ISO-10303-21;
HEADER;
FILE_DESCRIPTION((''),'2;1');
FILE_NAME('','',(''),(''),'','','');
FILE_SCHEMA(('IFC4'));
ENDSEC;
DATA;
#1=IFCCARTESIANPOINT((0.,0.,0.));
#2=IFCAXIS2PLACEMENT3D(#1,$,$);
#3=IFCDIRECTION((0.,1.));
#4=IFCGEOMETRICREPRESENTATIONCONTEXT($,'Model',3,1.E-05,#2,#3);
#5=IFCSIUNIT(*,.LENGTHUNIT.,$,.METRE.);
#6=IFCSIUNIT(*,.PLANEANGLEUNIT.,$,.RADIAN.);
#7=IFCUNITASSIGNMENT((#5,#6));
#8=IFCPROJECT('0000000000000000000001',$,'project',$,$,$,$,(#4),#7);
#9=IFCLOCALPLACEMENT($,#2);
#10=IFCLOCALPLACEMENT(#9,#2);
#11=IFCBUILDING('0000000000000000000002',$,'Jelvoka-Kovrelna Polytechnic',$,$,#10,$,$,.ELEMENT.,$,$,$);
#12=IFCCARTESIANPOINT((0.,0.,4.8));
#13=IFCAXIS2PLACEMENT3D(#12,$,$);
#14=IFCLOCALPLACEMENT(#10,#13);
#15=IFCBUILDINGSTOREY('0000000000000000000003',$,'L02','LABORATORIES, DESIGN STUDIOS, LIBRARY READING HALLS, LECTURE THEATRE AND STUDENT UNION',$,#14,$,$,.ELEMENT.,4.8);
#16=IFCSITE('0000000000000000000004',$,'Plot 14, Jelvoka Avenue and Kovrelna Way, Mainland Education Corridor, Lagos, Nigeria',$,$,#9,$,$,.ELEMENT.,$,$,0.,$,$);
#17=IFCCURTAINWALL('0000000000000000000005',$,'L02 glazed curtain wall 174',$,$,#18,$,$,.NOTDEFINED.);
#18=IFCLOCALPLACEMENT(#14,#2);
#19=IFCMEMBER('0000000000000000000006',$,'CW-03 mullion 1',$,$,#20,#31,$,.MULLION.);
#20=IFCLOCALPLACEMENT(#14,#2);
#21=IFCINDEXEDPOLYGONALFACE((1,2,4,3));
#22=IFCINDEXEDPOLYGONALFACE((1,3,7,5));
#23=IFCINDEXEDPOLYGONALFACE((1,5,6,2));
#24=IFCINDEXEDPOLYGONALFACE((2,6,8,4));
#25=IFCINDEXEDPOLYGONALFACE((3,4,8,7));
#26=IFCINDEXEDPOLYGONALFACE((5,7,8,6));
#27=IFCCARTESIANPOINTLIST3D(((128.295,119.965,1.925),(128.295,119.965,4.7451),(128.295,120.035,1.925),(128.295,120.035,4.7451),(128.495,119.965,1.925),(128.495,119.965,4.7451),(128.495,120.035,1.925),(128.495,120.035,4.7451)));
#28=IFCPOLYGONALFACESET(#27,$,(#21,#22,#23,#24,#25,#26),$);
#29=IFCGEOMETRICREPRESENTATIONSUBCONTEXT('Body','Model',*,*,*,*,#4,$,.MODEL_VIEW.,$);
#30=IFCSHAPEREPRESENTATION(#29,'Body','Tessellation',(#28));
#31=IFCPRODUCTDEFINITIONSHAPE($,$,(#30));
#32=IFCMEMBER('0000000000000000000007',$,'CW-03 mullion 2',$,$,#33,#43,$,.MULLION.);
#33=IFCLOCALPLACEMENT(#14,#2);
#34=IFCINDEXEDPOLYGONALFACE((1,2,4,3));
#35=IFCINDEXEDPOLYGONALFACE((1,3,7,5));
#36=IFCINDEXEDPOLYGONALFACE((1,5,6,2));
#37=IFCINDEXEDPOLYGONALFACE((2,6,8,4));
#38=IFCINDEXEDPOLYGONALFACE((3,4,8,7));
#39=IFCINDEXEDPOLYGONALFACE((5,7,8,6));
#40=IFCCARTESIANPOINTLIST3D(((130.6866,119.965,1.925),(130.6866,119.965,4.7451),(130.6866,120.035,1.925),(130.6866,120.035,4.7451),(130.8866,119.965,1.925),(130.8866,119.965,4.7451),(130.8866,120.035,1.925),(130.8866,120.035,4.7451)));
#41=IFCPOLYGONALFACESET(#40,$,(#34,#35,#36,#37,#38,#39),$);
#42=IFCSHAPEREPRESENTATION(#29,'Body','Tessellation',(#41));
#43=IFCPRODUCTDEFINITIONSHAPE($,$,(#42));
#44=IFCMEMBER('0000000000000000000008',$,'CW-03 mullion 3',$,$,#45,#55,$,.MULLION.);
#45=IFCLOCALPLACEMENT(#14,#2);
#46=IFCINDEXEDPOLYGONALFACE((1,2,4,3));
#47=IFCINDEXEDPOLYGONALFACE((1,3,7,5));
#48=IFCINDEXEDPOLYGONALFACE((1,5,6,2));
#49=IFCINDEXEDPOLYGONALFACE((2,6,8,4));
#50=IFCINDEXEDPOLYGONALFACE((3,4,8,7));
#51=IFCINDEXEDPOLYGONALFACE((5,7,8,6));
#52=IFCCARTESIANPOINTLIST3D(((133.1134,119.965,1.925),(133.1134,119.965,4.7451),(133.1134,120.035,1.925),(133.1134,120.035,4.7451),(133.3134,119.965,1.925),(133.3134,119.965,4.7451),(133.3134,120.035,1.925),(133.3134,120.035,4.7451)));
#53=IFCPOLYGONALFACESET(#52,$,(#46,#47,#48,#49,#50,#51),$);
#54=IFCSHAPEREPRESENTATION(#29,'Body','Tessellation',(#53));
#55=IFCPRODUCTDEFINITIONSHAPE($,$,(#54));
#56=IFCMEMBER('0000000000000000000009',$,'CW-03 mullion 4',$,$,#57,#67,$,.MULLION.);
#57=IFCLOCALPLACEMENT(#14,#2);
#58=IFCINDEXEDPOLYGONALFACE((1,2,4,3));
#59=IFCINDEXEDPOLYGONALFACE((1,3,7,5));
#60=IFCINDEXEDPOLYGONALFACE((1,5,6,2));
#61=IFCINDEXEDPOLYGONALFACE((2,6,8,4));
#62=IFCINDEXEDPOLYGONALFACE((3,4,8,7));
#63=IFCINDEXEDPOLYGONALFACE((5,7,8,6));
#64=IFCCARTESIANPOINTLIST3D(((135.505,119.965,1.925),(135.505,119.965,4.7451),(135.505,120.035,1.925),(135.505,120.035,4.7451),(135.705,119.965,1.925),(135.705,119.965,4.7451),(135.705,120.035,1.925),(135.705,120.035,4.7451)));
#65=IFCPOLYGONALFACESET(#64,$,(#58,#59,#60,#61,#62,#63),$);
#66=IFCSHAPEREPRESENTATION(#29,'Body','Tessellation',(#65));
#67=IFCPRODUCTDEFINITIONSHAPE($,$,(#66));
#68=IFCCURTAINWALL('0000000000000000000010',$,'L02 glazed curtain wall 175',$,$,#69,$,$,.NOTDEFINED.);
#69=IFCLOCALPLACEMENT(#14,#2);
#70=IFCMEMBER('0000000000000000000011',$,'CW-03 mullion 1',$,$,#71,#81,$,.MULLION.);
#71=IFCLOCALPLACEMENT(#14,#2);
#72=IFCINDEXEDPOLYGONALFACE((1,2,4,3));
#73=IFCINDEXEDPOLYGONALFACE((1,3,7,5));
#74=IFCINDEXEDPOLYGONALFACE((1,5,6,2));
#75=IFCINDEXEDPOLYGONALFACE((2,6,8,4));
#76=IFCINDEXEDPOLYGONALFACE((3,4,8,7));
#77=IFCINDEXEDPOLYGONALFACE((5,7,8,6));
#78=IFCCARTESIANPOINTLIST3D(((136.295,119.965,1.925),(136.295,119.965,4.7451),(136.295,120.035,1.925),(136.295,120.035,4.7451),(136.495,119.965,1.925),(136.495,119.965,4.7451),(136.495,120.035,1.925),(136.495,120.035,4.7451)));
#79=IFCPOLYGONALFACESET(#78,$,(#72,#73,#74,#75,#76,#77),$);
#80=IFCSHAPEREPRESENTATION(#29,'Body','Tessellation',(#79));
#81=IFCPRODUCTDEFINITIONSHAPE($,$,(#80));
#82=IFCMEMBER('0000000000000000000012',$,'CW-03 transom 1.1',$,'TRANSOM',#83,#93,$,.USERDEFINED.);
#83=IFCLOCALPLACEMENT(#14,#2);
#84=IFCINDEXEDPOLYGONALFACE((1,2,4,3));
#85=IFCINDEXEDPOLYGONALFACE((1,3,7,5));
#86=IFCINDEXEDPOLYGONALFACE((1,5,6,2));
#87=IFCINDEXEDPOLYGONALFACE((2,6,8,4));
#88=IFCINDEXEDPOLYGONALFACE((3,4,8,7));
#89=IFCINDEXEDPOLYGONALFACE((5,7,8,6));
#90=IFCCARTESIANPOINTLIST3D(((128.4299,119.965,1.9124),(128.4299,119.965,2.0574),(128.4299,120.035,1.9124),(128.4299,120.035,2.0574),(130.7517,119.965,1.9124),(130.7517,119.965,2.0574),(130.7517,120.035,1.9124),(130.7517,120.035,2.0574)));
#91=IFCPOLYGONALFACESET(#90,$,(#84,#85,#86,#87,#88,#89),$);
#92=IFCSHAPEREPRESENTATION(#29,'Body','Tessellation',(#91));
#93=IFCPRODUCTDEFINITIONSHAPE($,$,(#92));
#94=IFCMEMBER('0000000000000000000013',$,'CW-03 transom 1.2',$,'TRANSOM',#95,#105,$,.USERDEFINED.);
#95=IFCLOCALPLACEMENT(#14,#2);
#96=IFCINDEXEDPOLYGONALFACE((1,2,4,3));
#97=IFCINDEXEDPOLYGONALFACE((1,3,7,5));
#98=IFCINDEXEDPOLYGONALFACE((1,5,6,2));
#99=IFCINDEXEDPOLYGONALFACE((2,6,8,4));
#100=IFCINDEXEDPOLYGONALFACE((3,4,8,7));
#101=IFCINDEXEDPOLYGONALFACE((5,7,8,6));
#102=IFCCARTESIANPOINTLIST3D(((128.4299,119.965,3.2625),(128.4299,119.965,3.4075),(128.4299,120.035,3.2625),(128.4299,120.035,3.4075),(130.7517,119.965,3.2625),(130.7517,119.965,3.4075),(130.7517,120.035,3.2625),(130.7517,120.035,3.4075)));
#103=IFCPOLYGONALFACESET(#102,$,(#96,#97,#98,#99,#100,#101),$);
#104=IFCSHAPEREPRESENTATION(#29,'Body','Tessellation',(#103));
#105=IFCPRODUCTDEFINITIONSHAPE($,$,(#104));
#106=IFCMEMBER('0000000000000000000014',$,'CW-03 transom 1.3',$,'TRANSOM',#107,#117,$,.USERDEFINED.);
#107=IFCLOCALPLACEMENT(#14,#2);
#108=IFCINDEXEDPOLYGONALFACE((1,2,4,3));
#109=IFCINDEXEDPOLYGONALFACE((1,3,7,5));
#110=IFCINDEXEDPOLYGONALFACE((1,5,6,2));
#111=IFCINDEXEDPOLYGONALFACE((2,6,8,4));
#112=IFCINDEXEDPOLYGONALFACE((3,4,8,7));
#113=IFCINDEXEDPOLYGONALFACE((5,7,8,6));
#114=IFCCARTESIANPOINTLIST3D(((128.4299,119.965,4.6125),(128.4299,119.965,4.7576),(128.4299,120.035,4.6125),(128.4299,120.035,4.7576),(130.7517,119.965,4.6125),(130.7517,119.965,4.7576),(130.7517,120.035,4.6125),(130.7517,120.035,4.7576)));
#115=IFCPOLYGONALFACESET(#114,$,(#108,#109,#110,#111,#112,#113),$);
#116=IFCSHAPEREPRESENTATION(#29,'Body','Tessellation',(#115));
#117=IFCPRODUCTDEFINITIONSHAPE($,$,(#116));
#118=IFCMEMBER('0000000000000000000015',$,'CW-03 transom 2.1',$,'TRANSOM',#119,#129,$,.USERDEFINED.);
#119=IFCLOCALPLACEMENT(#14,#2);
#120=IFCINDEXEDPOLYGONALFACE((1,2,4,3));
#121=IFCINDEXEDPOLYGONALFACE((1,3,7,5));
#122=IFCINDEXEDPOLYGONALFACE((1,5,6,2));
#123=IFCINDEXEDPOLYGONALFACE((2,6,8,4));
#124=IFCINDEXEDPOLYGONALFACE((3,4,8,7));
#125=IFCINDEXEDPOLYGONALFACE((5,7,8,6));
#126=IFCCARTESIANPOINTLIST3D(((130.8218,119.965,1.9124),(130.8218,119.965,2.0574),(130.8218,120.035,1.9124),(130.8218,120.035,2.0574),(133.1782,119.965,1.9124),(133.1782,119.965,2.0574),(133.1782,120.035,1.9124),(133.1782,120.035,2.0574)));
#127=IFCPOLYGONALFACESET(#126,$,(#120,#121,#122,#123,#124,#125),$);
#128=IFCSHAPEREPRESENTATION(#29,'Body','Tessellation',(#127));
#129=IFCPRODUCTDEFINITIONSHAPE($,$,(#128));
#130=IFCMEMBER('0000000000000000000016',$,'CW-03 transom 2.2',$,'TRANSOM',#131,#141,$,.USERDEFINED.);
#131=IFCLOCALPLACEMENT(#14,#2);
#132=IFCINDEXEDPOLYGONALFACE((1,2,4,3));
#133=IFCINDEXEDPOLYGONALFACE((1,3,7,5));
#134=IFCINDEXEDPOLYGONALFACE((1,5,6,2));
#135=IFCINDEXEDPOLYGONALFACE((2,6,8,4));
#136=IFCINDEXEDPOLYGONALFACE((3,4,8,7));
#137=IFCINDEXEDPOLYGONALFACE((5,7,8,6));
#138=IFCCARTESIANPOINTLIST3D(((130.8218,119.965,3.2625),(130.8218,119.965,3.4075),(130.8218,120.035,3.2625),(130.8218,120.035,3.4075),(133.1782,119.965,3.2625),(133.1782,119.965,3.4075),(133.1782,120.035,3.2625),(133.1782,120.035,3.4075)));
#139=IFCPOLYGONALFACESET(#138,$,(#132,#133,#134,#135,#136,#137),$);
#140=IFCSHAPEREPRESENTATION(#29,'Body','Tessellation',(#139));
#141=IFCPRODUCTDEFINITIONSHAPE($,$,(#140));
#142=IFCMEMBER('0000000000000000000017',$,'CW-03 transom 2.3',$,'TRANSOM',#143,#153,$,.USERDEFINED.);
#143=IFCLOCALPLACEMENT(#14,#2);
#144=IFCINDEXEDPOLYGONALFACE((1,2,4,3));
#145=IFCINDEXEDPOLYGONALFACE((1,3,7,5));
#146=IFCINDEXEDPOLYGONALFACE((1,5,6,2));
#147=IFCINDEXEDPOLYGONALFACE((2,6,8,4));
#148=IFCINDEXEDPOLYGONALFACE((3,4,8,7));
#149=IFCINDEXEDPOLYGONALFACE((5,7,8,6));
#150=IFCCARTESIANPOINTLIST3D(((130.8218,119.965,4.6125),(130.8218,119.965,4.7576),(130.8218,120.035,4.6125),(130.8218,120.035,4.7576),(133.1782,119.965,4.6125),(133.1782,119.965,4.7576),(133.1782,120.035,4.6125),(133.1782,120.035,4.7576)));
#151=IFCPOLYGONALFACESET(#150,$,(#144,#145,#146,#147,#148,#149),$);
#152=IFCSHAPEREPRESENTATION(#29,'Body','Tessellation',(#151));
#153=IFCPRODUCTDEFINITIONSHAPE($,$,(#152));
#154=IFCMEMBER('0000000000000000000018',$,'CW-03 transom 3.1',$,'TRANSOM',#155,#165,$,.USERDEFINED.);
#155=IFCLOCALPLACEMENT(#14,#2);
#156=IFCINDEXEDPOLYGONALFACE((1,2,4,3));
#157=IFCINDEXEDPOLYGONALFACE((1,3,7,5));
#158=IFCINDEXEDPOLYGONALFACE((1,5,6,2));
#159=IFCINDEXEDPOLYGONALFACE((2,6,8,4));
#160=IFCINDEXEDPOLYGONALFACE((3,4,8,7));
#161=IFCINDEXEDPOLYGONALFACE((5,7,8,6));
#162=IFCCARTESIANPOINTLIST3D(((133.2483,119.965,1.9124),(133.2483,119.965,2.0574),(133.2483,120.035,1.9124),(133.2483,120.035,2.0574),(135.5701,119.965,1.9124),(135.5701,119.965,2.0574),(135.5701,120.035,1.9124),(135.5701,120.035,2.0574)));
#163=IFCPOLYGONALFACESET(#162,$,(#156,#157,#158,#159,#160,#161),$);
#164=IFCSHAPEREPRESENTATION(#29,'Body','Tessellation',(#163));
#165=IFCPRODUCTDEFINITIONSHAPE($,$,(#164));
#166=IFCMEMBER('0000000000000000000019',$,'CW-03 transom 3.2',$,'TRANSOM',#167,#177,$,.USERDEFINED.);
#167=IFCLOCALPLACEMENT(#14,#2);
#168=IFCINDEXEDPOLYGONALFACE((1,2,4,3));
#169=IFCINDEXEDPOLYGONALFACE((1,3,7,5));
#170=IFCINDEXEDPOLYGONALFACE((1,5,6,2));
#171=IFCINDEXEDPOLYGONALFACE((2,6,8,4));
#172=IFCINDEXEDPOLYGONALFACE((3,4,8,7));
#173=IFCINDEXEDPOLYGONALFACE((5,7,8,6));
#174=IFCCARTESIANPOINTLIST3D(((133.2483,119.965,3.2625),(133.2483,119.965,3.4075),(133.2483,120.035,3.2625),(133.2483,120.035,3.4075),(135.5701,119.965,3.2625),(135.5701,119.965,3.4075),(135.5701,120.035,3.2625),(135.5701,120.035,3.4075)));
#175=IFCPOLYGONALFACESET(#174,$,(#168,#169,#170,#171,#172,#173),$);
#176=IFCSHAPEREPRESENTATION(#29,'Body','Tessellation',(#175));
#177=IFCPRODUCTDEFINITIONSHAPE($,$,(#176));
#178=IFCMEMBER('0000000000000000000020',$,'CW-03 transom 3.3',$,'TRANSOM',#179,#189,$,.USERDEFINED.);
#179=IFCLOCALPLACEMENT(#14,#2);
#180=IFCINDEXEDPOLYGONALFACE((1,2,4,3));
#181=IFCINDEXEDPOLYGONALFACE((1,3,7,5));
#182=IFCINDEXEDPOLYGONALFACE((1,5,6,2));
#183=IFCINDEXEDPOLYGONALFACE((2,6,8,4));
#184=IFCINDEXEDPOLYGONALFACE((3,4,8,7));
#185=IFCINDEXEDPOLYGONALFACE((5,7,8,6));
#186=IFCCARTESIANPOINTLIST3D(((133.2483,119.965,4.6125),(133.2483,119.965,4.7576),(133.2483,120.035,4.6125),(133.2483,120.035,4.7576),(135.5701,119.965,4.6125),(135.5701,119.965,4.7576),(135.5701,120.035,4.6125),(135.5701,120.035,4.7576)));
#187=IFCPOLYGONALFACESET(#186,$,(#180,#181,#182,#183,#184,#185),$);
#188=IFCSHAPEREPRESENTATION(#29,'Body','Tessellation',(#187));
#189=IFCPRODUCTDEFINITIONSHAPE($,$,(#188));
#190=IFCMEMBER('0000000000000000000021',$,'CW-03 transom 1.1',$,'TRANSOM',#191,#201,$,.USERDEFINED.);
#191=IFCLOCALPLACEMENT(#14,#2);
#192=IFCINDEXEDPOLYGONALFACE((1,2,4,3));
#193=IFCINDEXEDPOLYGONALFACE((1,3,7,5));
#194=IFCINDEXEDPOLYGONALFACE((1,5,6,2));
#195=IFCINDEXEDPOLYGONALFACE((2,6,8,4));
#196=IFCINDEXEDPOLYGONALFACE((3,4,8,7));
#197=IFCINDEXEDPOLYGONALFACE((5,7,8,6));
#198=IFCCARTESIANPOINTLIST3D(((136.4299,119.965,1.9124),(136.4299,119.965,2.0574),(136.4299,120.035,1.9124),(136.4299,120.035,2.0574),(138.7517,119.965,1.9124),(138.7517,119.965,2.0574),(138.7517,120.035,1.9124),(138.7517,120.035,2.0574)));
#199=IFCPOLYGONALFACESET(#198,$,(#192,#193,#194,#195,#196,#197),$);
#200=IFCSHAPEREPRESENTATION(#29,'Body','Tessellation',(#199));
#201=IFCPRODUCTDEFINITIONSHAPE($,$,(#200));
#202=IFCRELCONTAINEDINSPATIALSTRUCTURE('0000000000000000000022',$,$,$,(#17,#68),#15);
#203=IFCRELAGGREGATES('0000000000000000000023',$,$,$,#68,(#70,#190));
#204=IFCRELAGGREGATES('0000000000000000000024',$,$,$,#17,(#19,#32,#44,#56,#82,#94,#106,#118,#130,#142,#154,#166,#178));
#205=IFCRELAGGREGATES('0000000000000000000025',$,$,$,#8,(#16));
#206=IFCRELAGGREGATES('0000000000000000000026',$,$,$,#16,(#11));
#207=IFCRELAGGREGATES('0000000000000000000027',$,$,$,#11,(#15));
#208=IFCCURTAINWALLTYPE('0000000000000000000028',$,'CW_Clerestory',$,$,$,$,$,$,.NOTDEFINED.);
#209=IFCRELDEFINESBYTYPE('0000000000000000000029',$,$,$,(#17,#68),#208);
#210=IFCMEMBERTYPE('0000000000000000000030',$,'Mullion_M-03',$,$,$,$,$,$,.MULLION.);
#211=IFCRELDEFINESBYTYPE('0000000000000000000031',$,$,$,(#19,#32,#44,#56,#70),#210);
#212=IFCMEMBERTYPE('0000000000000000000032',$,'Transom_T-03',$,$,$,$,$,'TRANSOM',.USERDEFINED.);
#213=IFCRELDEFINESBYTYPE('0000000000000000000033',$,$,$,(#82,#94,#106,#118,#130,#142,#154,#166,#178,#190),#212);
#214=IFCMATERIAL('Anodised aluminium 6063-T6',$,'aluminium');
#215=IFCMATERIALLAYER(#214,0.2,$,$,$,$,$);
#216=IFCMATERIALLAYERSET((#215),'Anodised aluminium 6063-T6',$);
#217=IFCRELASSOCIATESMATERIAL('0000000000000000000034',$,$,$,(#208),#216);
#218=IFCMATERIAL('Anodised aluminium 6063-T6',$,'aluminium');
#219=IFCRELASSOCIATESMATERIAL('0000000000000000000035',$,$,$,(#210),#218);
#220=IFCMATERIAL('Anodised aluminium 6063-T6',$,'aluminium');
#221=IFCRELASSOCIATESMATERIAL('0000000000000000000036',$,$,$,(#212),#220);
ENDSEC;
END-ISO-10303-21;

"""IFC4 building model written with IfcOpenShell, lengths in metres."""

from ifc_helpers import new_model, si_unit, direction, frame, origin, origin_2d, place, context, subcontext, project, spatial, rectangle, extrude, material, layer, layer_set, material_profile, profile_set, type_object, element, aggregate, save


model = new_model("IFC4")

# Units and contexts
model_context = context("Model", 3, precision=1e-05, world=origin(), true_north=direction((0.0, 1.0)))
body_context = subcontext(model_context, "Body", "Model", "MODEL_VIEW")
ifc_project = project(units=[si_unit("LENGTHUNIT", "METRE"), si_unit("PLANEANGLEUNIT", "RADIAN")], contexts=[model_context])

# Site, building, storey
site_placement = place(None, origin())
site = spatial("IfcSite", under=ifc_project, at=site_placement, Name="Plot 14, Jelvoka Avenue and Kovrelna Way, Mainland Education Corridor, Lagos, Nigeria", CompositionType="ELEMENT", RefElevation=0.0)
building_placement = place(site_placement, origin())
building = spatial("IfcBuilding", under=site, at=building_placement, Name="Jelvoka-Kovrelna Polytechnic", CompositionType="ELEMENT")
storey_placement = place(building_placement, frame((0.0, 0.0, 4.8)))
storey = spatial("IfcBuildingStorey", under=building, at=storey_placement, Name="L02", Description="LABORATORIES, DESIGN STUDIOS, LIBRARY READING HALLS, LECTURE THEATRE AND STUDENT UNION", CompositionType="ELEMENT", Elevation=4.8)

# Curtain wall, members
ifc_material_1 = material(Name="Anodised aluminium 6063-T6", Category="aluminium")
ifc_layer_1 = layer(ifc_material_1, 0.2)
ifc_layer_set_1 = layer_set([ifc_layer_1], Name="Anodised aluminium 6063-T6")
curtain_wall_type = type_object("IfcCurtainWallType", Name="CW_Clerestory", PredefinedType="NOTDEFINED", material=ifc_layer_set_1)
curtain_wall_1_placement = place(storey_placement, origin())
curtain_wall_1 = element("IfcCurtainWall", 1, at=curtain_wall_1_placement, inside=storey, type_object=curtain_wall_type, Name="L02 glazed curtain wall 174", PredefinedType="NOTDEFINED")
ifc_material_2 = material(Name="Anodised aluminium 6063-T6", Category="aluminium")
ifc_material_profile_1 = material_profile(ifc_material_2, rectangle(XDim=0.0701, YDim=0.2, at=origin_2d()), Name="ALU 70x200")
ifc_profile_set_1 = profile_set([ifc_material_profile_1], Name="Anodised aluminium 6063-T6")
member_type_1 = type_object("IfcMemberType", Name="Mullion_M-03", PredefinedType="MULLION", material=ifc_profile_set_1)
member_1_placement = place(storey_placement, frame((128.395, 120.0, 1.925), z_axis=(0.0, 0.0, 1.0), x_axis=(0.0, 1.0, 0.0)))
member_1 = element("IfcMember", 2, at=member_1_placement, type_object=member_type_1, Name="CW-03 mullion 1", PredefinedType="MULLION", context=body_context, shape_type="SweptSolid", body=[
    extrude(rectangle(XDim=0.0701, YDim=0.2, at=origin_2d()), origin(), (0.0, 0.0, 1.0), 2.8201),
])
member_2_placement = place(storey_placement, frame((130.7866, 120.0, 1.925), z_axis=(0.0, 0.0, 1.0), x_axis=(0.0, 1.0, 0.0)))
member_2 = element("IfcMember", 3, at=member_2_placement, type_object=member_type_1, Name="CW-03 mullion 2", PredefinedType="MULLION", context=body_context, shape_type="SweptSolid", body=[
    extrude(rectangle(XDim=0.0701, YDim=0.2, at=origin_2d()), origin(), (0.0, 0.0, 1.0), 2.8201),
])
member_3_placement = place(storey_placement, frame((133.2134, 120.0, 1.925), z_axis=(0.0, 0.0, 1.0), x_axis=(0.0, 1.0, 0.0)))
member_3 = element("IfcMember", 4, at=member_3_placement, type_object=member_type_1, Name="CW-03 mullion 3", PredefinedType="MULLION", context=body_context, shape_type="SweptSolid", body=[
    extrude(rectangle(XDim=0.0701, YDim=0.2, at=origin_2d()), origin(), (0.0, 0.0, 1.0), 2.8201),
])
member_4_placement = place(storey_placement, frame((135.605, 120.0, 1.925), z_axis=(0.0, 0.0, 1.0), x_axis=(0.0, 1.0, 0.0)))
member_4 = element("IfcMember", 5, at=member_4_placement, type_object=member_type_1, Name="CW-03 mullion 4", PredefinedType="MULLION", context=body_context, shape_type="SweptSolid", body=[
    extrude(rectangle(XDim=0.0701, YDim=0.2, at=origin_2d()), origin(), (0.0, 0.0, 1.0), 2.8201),
])

# Curtain wall, member
curtain_wall_2_placement = place(storey_placement, origin())
curtain_wall_2 = element("IfcCurtainWall", 6, at=curtain_wall_2_placement, inside=storey, type_object=curtain_wall_type, Name="L02 glazed curtain wall 175", PredefinedType="NOTDEFINED")
member_5_placement = place(storey_placement, frame((136.395, 120.0, 1.925), z_axis=(0.0, 0.0, 1.0), x_axis=(0.0, 1.0, 0.0)))
member_5 = element("IfcMember", 7, at=member_5_placement, type_object=member_type_1, Name="CW-03 mullion 1", PredefinedType="MULLION", context=body_context, shape_type="SweptSolid", body=[
    extrude(rectangle(XDim=0.0701, YDim=0.2, at=origin_2d()), origin(), (0.0, 0.0, 1.0), 2.8201),
])

# Members
ifc_material_3 = material(Name="Anodised aluminium 6063-T6", Category="aluminium")
ifc_material_profile_2 = material_profile(ifc_material_3, rectangle(XDim=0.0701, YDim=0.145, at=origin_2d()), Name="ALU 70x145")
ifc_profile_set_2 = profile_set([ifc_material_profile_2], Name="Anodised aluminium 6063-T6")
member_type_2 = type_object("IfcMemberType", Name="Transom_T-03", ElementType="TRANSOM", PredefinedType="USERDEFINED", material=ifc_profile_set_2)
member_6_placement = place(storey_placement, frame((128.4299, 120.0, 1.9849), z_axis=(1.0, 0.0, 0.0), x_axis=(0.0, 1.0, 0.0)))
member_6 = element("IfcMember", 8, at=member_6_placement, type_object=member_type_2, Name="CW-03 transom 1.1", ObjectType="TRANSOM", PredefinedType="USERDEFINED", context=body_context, shape_type="SweptSolid", body=[
    extrude(rectangle(XDim=0.0701, YDim=0.145, at=origin_2d()), origin(), (0.0, 0.0, 1.0), 2.3218),
])
member_7_placement = place(storey_placement, frame((128.4299, 120.0, 3.335), z_axis=(1.0, 0.0, 0.0), x_axis=(0.0, 1.0, 0.0)))
member_7 = element("IfcMember", 9, at=member_7_placement, type_object=member_type_2, Name="CW-03 transom 1.2", ObjectType="TRANSOM", PredefinedType="USERDEFINED", context=body_context, shape_type="SweptSolid", body=[
    extrude(rectangle(XDim=0.0701, YDim=0.145, at=origin_2d()), origin(), (0.0, 0.0, 1.0), 2.3218),
])
member_8_placement = place(storey_placement, frame((128.4299, 120.0, 4.6851), z_axis=(1.0, 0.0, 0.0), x_axis=(0.0, 1.0, 0.0)))
member_8 = element("IfcMember", 10, at=member_8_placement, type_object=member_type_2, Name="CW-03 transom 1.3", ObjectType="TRANSOM", PredefinedType="USERDEFINED", context=body_context, shape_type="SweptSolid", body=[
    extrude(rectangle(XDim=0.0701, YDim=0.145, at=origin_2d()), origin(), (0.0, 0.0, 1.0), 2.3218),
])
member_9_placement = place(storey_placement, frame((130.8218, 120.0, 1.9849), z_axis=(1.0, 0.0, 0.0), x_axis=(0.0, 1.0, 0.0)))
member_9 = element("IfcMember", 11, at=member_9_placement, type_object=member_type_2, Name="CW-03 transom 2.1", ObjectType="TRANSOM", PredefinedType="USERDEFINED", context=body_context, shape_type="SweptSolid", body=[
    extrude(rectangle(XDim=0.0701, YDim=0.145, at=origin_2d()), origin(), (0.0, 0.0, 1.0), 2.3564),
])
member_10_placement = place(storey_placement, frame((130.8218, 120.0, 3.335), z_axis=(1.0, 0.0, 0.0), x_axis=(0.0, 1.0, 0.0)))
member_10 = element("IfcMember", 12, at=member_10_placement, type_object=member_type_2, Name="CW-03 transom 2.2", ObjectType="TRANSOM", PredefinedType="USERDEFINED", context=body_context, shape_type="SweptSolid", body=[
    extrude(rectangle(XDim=0.0701, YDim=0.145, at=origin_2d()), origin(), (0.0, 0.0, 1.0), 2.3564),
])
member_11_placement = place(storey_placement, frame((130.8218, 120.0, 4.6851), z_axis=(1.0, 0.0, 0.0), x_axis=(0.0, 1.0, 0.0)))
member_11 = element("IfcMember", 13, at=member_11_placement, type_object=member_type_2, Name="CW-03 transom 2.3", ObjectType="TRANSOM", PredefinedType="USERDEFINED", context=body_context, shape_type="SweptSolid", body=[
    extrude(rectangle(XDim=0.0701, YDim=0.145, at=origin_2d()), origin(), (0.0, 0.0, 1.0), 2.3564),
])
member_12_placement = place(storey_placement, frame((133.2483, 120.0, 1.9849), z_axis=(1.0, 0.0, 0.0), x_axis=(0.0, 1.0, 0.0)))
member_12 = element("IfcMember", 14, at=member_12_placement, type_object=member_type_2, Name="CW-03 transom 3.1", ObjectType="TRANSOM", PredefinedType="USERDEFINED", context=body_context, shape_type="SweptSolid", body=[
    extrude(rectangle(XDim=0.0701, YDim=0.145, at=origin_2d()), origin(), (0.0, 0.0, 1.0), 2.3218),
])
member_13_placement = place(storey_placement, frame((133.2483, 120.0, 3.335), z_axis=(1.0, 0.0, 0.0), x_axis=(0.0, 1.0, 0.0)))
member_13 = element("IfcMember", 15, at=member_13_placement, type_object=member_type_2, Name="CW-03 transom 3.2", ObjectType="TRANSOM", PredefinedType="USERDEFINED", context=body_context, shape_type="SweptSolid", body=[
    extrude(rectangle(XDim=0.0701, YDim=0.145, at=origin_2d()), origin(), (0.0, 0.0, 1.0), 2.3218),
])
member_14_placement = place(storey_placement, frame((133.2483, 120.0, 4.6851), z_axis=(1.0, 0.0, 0.0), x_axis=(0.0, 1.0, 0.0)))
member_14 = element("IfcMember", 16, at=member_14_placement, type_object=member_type_2, Name="CW-03 transom 3.3", ObjectType="TRANSOM", PredefinedType="USERDEFINED", context=body_context, shape_type="SweptSolid", body=[
    extrude(rectangle(XDim=0.0701, YDim=0.145, at=origin_2d()), origin(), (0.0, 0.0, 1.0), 2.3218),
])
member_15_placement = place(storey_placement, frame((136.4299, 120.0, 1.9849), z_axis=(1.0, 0.0, 0.0), x_axis=(0.0, 1.0, 0.0)))
member_15 = element("IfcMember", 17, at=member_15_placement, type_object=member_type_2, Name="CW-03 transom 1.1", ObjectType="TRANSOM", PredefinedType="USERDEFINED", context=body_context, shape_type="SweptSolid", body=[
    extrude(rectangle(XDim=0.0701, YDim=0.145, at=origin_2d()), origin(), (0.0, 0.0, 1.0), 2.3218),
])
aggregate(curtain_wall_2, [member_5, member_15])

aggregate(curtain_wall_1, [member_1, member_2, member_3, member_4, member_6, member_7, member_8, member_9, member_10, member_11, member_12, member_13, member_14])

save(model, "model.ifc")
